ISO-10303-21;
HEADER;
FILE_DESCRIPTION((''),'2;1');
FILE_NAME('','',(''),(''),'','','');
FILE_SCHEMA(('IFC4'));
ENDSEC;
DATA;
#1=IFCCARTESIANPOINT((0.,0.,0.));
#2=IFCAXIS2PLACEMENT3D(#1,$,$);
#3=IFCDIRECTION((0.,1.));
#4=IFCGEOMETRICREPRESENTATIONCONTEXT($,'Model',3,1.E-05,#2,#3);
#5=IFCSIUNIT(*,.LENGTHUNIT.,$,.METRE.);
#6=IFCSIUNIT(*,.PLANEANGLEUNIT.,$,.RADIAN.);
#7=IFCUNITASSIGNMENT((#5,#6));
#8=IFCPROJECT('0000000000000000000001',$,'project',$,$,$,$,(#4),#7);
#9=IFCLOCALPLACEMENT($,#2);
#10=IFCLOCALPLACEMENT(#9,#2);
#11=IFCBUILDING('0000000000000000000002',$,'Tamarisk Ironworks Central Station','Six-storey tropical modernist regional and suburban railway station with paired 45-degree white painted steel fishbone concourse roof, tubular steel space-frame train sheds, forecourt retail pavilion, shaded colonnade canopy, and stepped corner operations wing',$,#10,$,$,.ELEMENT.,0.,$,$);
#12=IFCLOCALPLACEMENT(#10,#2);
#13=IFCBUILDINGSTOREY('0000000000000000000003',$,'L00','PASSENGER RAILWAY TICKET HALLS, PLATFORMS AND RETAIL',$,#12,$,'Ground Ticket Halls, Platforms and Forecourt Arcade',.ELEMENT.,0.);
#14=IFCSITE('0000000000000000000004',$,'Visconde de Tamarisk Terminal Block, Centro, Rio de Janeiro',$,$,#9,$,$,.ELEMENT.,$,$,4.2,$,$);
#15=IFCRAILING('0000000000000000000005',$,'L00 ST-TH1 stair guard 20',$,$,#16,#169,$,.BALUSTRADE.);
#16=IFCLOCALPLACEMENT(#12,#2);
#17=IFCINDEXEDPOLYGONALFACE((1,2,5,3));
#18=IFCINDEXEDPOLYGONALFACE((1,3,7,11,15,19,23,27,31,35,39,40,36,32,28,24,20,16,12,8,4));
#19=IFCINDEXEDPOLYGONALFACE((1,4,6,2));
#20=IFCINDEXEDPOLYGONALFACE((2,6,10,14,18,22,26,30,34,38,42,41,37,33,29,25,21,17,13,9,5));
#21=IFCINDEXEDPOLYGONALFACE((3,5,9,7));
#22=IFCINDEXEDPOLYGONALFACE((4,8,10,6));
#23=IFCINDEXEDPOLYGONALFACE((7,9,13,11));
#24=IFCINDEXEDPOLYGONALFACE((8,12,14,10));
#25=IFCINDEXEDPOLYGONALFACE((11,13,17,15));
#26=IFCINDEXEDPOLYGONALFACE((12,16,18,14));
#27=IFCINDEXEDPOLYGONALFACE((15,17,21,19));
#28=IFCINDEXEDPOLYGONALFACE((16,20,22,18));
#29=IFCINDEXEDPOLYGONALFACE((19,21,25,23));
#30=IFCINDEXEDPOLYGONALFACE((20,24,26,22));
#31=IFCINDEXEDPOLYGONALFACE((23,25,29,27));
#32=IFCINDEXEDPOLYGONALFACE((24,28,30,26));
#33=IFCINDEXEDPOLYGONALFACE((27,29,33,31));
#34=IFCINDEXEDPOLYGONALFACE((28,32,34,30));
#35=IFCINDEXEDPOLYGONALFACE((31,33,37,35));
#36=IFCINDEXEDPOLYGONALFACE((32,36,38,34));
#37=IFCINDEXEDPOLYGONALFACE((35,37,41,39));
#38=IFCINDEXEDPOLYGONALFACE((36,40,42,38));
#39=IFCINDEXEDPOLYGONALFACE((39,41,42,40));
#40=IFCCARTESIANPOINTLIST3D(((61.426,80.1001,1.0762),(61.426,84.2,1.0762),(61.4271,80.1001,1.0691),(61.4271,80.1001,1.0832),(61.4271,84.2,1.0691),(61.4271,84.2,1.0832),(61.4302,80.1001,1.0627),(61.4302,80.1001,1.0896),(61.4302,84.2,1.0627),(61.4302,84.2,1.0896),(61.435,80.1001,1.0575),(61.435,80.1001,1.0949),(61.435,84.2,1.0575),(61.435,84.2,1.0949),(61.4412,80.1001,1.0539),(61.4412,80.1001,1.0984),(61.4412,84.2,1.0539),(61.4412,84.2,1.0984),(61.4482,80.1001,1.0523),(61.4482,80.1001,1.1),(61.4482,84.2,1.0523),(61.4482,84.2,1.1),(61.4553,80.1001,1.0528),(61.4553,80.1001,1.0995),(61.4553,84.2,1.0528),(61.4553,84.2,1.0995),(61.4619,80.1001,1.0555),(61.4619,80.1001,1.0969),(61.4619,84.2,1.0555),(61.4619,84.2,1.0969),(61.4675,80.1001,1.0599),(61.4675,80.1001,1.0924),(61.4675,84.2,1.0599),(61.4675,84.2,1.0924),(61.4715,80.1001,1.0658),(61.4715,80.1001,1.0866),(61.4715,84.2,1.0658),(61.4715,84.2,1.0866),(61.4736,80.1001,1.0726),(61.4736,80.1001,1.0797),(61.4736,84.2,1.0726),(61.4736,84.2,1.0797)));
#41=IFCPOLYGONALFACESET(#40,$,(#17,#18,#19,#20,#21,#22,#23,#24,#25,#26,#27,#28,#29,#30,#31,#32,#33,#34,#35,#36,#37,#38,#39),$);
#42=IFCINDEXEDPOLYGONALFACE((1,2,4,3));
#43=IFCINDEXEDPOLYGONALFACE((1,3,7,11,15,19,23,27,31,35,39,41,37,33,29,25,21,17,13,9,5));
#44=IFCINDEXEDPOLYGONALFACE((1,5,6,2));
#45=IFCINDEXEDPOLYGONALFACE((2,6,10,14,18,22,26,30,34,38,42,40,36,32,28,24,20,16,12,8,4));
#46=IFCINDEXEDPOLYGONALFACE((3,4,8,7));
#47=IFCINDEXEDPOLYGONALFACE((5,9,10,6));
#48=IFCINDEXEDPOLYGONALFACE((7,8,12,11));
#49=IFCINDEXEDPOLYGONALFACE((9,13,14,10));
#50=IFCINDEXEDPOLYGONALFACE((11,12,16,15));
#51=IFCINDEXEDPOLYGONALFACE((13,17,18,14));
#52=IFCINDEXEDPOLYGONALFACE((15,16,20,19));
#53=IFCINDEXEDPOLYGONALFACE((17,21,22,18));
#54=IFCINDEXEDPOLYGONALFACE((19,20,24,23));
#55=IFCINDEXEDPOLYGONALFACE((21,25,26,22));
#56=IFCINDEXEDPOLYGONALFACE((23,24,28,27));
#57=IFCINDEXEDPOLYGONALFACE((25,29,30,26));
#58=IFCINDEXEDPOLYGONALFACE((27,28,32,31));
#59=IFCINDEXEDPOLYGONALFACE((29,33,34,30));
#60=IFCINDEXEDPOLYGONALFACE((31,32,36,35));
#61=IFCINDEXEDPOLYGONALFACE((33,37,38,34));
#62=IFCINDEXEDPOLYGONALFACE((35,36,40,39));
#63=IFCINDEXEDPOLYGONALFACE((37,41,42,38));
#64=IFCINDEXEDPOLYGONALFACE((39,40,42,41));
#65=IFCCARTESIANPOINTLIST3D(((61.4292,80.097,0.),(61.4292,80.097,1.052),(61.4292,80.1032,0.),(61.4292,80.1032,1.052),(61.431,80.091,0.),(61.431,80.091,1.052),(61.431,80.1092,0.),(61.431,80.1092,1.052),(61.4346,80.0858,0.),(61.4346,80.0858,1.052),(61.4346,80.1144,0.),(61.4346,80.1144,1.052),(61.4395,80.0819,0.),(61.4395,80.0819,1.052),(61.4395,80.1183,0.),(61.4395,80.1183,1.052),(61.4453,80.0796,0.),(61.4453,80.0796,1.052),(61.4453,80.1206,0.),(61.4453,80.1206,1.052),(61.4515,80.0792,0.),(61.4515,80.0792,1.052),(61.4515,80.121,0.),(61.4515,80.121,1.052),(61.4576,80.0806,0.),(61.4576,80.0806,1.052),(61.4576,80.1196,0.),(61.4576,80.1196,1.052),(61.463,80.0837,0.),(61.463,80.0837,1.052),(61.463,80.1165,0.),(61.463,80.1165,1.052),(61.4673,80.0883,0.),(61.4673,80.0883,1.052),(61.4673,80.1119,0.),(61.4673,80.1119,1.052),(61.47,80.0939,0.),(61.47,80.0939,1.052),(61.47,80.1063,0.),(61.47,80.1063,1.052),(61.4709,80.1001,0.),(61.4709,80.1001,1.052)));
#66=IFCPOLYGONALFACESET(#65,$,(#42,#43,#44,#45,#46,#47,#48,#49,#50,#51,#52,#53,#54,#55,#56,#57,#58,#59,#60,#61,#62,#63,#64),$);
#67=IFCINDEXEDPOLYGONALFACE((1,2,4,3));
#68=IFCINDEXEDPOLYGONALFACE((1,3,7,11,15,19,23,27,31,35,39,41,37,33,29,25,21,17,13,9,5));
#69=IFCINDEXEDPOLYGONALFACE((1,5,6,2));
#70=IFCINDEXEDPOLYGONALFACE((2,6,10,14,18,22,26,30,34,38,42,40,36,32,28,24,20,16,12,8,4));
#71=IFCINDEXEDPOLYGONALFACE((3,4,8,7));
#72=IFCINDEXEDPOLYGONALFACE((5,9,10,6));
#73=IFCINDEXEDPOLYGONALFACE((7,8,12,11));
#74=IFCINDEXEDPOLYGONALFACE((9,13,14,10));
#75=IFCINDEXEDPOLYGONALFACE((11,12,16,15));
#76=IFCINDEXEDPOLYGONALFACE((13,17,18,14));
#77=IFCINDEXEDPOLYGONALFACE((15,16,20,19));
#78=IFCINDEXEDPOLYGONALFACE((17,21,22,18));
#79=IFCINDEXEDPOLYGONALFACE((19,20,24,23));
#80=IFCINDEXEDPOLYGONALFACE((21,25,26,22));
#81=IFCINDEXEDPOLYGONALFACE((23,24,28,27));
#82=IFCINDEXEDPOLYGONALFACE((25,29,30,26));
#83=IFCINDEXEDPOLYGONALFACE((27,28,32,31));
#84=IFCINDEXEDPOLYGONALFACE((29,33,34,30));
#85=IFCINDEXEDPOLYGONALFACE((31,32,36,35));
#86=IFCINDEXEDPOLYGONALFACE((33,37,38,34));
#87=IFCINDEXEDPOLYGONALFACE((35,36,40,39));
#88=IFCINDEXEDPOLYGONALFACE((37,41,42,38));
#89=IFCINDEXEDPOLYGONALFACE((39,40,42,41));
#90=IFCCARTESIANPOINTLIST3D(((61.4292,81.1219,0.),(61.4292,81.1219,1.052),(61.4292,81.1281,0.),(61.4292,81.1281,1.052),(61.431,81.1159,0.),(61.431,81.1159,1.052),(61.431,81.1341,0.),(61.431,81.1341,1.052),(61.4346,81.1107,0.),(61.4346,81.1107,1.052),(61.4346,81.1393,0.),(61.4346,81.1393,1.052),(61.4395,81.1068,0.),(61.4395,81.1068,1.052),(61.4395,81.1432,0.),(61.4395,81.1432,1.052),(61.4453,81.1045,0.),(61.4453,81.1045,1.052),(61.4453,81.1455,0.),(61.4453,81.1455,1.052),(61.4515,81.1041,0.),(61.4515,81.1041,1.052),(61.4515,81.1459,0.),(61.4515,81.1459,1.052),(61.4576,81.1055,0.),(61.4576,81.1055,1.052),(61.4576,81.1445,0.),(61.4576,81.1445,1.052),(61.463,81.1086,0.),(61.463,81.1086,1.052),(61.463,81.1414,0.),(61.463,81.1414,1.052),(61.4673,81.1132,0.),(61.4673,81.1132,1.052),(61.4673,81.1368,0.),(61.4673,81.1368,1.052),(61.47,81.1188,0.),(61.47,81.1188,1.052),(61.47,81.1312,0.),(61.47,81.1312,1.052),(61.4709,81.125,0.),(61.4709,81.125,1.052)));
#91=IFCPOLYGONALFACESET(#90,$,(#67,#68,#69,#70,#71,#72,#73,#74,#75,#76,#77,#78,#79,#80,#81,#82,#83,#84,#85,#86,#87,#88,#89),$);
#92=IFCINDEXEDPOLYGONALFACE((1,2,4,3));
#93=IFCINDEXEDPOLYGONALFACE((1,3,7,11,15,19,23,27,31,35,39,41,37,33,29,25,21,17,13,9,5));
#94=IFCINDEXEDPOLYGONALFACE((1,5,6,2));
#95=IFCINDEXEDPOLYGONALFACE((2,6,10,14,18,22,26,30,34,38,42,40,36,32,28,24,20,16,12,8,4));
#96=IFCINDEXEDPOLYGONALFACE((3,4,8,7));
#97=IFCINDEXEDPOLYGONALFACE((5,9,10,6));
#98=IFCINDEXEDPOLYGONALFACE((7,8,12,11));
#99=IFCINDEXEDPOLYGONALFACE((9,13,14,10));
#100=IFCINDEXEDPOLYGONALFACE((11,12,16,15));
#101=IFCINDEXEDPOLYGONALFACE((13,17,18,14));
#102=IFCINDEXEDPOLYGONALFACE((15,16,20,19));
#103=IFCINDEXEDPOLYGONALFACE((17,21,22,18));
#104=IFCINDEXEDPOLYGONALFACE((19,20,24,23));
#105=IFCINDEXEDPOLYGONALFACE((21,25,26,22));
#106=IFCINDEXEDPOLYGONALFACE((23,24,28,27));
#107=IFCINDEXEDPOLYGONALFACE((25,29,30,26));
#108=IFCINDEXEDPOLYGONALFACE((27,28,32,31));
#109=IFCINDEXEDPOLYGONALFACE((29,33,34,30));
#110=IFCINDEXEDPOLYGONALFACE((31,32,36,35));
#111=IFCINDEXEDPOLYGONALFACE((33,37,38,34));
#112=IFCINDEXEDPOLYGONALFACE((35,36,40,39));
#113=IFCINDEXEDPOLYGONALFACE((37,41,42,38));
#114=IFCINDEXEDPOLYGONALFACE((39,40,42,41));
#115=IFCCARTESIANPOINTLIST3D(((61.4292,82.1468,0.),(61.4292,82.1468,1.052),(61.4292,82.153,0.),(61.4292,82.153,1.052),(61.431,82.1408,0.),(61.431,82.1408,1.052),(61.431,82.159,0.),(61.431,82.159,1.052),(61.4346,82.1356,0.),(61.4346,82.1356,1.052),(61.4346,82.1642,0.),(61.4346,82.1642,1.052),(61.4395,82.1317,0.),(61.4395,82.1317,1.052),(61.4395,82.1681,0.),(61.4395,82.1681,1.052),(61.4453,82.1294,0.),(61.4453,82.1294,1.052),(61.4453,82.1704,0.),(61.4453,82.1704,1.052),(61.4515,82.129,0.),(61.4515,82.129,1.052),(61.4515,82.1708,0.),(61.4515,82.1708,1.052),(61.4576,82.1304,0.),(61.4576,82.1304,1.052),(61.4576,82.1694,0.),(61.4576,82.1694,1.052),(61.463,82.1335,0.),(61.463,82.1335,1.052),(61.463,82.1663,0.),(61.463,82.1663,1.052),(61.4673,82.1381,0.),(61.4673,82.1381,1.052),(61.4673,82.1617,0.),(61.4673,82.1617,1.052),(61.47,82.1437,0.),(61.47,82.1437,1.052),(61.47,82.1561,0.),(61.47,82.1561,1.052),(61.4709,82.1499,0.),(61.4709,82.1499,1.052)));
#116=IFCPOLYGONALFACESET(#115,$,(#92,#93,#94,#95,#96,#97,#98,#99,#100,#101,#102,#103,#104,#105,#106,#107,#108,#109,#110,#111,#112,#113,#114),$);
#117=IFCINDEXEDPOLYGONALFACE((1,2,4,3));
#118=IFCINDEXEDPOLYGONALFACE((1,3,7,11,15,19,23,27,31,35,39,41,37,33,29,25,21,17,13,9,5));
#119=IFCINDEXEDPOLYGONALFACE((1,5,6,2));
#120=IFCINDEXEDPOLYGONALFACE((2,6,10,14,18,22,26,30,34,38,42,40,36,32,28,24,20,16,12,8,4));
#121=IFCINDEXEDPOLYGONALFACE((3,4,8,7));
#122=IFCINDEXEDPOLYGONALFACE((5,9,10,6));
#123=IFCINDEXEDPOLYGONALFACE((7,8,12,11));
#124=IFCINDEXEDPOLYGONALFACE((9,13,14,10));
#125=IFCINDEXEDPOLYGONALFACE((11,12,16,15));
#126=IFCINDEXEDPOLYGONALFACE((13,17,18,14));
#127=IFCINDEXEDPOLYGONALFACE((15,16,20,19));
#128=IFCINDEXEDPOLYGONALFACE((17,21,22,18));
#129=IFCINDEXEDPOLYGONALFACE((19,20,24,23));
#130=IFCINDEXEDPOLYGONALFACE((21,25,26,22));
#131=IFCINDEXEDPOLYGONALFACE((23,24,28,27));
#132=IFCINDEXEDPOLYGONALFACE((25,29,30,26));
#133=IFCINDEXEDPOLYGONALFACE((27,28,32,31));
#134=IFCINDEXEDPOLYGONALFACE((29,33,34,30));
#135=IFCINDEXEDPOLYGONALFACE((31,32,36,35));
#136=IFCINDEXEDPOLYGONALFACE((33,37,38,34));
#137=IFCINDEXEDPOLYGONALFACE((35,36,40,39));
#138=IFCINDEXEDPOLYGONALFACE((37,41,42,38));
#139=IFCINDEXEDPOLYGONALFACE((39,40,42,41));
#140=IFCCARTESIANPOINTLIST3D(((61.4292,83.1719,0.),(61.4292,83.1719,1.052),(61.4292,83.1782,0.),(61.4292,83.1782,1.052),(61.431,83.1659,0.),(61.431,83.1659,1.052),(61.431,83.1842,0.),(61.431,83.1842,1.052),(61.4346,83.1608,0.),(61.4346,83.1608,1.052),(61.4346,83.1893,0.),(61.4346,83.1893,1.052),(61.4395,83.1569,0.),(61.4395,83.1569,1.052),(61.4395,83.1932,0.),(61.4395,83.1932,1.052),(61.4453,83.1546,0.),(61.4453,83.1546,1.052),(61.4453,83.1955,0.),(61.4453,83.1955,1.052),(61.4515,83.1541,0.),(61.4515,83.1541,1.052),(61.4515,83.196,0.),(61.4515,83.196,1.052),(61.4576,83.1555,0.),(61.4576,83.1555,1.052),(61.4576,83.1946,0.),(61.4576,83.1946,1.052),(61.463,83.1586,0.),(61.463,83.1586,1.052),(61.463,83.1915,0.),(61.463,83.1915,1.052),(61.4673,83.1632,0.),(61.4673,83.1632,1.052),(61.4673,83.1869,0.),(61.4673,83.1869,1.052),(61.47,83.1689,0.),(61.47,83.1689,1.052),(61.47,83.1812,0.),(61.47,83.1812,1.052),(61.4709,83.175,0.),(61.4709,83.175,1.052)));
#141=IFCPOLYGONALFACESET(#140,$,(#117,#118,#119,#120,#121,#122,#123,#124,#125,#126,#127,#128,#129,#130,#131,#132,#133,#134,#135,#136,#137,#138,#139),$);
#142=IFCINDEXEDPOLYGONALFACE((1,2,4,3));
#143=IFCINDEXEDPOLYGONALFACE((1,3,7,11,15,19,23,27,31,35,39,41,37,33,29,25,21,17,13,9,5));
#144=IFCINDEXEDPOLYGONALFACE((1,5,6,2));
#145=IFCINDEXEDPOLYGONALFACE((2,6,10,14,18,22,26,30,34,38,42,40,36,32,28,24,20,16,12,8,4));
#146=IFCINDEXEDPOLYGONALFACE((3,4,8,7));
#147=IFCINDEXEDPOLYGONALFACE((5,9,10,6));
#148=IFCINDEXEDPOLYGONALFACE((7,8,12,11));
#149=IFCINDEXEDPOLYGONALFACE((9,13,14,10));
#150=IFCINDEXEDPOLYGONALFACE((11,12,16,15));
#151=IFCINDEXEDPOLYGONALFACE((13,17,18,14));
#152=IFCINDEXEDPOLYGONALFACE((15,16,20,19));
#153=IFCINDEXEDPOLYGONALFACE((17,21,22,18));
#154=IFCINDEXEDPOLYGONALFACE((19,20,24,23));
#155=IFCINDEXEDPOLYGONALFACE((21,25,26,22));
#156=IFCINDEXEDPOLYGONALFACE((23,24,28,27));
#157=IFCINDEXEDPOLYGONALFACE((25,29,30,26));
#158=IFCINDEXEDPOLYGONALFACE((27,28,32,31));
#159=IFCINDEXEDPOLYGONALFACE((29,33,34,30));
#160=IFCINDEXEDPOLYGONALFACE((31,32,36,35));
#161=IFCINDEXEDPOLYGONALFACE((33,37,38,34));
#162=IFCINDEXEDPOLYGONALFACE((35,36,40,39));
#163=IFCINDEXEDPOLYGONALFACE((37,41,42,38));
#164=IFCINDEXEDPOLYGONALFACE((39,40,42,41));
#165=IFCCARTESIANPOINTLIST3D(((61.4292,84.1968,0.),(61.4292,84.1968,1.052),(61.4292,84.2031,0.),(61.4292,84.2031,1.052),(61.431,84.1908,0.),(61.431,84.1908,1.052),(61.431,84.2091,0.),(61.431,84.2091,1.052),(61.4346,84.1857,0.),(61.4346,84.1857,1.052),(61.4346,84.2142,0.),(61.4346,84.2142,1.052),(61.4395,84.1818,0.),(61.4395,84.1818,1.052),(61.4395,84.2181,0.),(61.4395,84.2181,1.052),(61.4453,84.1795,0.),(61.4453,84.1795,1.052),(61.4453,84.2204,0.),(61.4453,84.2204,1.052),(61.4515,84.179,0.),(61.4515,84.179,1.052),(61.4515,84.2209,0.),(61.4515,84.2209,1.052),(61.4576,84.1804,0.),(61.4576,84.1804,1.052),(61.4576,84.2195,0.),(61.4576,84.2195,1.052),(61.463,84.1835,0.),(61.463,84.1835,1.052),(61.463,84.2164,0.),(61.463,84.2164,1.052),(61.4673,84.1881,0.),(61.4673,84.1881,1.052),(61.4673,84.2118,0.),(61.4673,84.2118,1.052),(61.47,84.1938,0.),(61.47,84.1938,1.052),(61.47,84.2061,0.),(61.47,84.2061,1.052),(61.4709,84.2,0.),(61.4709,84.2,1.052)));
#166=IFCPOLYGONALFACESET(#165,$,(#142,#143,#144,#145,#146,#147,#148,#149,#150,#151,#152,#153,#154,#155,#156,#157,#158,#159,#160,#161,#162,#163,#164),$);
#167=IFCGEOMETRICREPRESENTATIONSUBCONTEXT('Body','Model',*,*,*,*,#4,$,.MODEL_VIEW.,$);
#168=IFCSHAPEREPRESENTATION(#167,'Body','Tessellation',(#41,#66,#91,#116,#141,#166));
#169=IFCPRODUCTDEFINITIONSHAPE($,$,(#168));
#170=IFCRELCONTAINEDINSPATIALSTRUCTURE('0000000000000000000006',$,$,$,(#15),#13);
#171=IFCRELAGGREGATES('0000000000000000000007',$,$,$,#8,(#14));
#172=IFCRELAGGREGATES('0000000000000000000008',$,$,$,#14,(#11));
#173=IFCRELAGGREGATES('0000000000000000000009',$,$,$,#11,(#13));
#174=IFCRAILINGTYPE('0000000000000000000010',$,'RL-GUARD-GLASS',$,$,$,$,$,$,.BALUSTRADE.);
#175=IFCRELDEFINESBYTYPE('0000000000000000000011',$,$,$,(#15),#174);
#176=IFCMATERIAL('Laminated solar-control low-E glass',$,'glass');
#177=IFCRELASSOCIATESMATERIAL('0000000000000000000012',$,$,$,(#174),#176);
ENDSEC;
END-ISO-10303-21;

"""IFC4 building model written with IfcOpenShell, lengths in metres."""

from ifc_helpers import new_model, si_unit, direction, frame, origin, origin_2d, place, context, subcontext, project, spatial, circle, extrude, material, type_object, element, save


model = new_model("IFC4")

# Units and contexts
model_context = context("Model", 3, precision=1e-05, world=origin(), true_north=direction((0.0, 1.0)))
body_context = subcontext(model_context, "Body", "Model", "MODEL_VIEW")
ifc_project = project(units=[si_unit("LENGTHUNIT", "METRE"), si_unit("PLANEANGLEUNIT", "RADIAN")], contexts=[model_context])

# Site, building, storey
site_placement = place(None, origin())
site = spatial("IfcSite", under=ifc_project, at=site_placement, Name="Visconde de Tamarisk Terminal Block, Centro, Rio de Janeiro", CompositionType="ELEMENT", RefElevation=4.2)
building_placement = place(site_placement, origin())
building = spatial("IfcBuilding", under=site, at=building_placement, Name="Tamarisk Ironworks Central Station", Description="Six-storey tropical modernist regional and suburban railway station with paired 45-degree white painted steel fishbone concourse roof, tubular steel space-frame train sheds, forecourt retail pavilion, shaded colonnade canopy, and stepped corner operations wing", CompositionType="ELEMENT", ElevationOfRefHeight=0.0)
storey_placement = place(building_placement, origin())
storey = spatial("IfcBuildingStorey", under=building, at=storey_placement, Name="L00", Description="PASSENGER RAILWAY TICKET HALLS, PLATFORMS AND RETAIL", LongName="Ground Ticket Halls, Platforms and Forecourt Arcade", CompositionType="ELEMENT", Elevation=0.0)

# Railing
ifc_material_1 = material(Name="Laminated solar-control low-E glass", Category="glass")
railing_type = type_object("IfcRailingType", Name="RL-GUARD-GLASS", PredefinedType="BALUSTRADE", material=ifc_material_1)
railing_1_placement = place(storey_placement, frame((61.45, 80.1001, 0.0)))
element("IfcRailing", 1, at=railing_1_placement, inside=storey, type_object=railing_type, Name="L00 ST-TH1 stair guard 20", PredefinedType="BALUSTRADE", context=body_context, shape_type="SweptSolid", body=[
    extrude(circle(Radius=0.0239, at=origin_2d()), frame((0.0, 0.0, 1.0762), z_axis=(0.0, 1.0, 0.0), x_axis=(-1.0, 0.0, 0.0)), (0.0, 0.0, 1.0), 4.0999),
    extrude(circle(Radius=0.021, at=origin_2d()), origin(), (0.0, 0.0, 1.0), 1.052),
    extrude(circle(Radius=0.021, at=origin_2d()), frame((0.0, 1.0249, 0.0)), (0.0, 0.0, 1.0), 1.052),
    extrude(circle(Radius=0.021, at=origin_2d()), frame((0.0, 2.0498, 0.0)), (0.0, 0.0, 1.0), 1.052),
    extrude(circle(Radius=0.021, at=origin_2d()), frame((0.0, 3.075, 0.0)), (0.0, 0.0, 1.0), 1.052),
    extrude(circle(Radius=0.021, at=origin_2d()), frame((0.0, 4.0999, 0.0)), (0.0, 0.0, 1.0), 1.052),
])

save(model, "model.ifc")
